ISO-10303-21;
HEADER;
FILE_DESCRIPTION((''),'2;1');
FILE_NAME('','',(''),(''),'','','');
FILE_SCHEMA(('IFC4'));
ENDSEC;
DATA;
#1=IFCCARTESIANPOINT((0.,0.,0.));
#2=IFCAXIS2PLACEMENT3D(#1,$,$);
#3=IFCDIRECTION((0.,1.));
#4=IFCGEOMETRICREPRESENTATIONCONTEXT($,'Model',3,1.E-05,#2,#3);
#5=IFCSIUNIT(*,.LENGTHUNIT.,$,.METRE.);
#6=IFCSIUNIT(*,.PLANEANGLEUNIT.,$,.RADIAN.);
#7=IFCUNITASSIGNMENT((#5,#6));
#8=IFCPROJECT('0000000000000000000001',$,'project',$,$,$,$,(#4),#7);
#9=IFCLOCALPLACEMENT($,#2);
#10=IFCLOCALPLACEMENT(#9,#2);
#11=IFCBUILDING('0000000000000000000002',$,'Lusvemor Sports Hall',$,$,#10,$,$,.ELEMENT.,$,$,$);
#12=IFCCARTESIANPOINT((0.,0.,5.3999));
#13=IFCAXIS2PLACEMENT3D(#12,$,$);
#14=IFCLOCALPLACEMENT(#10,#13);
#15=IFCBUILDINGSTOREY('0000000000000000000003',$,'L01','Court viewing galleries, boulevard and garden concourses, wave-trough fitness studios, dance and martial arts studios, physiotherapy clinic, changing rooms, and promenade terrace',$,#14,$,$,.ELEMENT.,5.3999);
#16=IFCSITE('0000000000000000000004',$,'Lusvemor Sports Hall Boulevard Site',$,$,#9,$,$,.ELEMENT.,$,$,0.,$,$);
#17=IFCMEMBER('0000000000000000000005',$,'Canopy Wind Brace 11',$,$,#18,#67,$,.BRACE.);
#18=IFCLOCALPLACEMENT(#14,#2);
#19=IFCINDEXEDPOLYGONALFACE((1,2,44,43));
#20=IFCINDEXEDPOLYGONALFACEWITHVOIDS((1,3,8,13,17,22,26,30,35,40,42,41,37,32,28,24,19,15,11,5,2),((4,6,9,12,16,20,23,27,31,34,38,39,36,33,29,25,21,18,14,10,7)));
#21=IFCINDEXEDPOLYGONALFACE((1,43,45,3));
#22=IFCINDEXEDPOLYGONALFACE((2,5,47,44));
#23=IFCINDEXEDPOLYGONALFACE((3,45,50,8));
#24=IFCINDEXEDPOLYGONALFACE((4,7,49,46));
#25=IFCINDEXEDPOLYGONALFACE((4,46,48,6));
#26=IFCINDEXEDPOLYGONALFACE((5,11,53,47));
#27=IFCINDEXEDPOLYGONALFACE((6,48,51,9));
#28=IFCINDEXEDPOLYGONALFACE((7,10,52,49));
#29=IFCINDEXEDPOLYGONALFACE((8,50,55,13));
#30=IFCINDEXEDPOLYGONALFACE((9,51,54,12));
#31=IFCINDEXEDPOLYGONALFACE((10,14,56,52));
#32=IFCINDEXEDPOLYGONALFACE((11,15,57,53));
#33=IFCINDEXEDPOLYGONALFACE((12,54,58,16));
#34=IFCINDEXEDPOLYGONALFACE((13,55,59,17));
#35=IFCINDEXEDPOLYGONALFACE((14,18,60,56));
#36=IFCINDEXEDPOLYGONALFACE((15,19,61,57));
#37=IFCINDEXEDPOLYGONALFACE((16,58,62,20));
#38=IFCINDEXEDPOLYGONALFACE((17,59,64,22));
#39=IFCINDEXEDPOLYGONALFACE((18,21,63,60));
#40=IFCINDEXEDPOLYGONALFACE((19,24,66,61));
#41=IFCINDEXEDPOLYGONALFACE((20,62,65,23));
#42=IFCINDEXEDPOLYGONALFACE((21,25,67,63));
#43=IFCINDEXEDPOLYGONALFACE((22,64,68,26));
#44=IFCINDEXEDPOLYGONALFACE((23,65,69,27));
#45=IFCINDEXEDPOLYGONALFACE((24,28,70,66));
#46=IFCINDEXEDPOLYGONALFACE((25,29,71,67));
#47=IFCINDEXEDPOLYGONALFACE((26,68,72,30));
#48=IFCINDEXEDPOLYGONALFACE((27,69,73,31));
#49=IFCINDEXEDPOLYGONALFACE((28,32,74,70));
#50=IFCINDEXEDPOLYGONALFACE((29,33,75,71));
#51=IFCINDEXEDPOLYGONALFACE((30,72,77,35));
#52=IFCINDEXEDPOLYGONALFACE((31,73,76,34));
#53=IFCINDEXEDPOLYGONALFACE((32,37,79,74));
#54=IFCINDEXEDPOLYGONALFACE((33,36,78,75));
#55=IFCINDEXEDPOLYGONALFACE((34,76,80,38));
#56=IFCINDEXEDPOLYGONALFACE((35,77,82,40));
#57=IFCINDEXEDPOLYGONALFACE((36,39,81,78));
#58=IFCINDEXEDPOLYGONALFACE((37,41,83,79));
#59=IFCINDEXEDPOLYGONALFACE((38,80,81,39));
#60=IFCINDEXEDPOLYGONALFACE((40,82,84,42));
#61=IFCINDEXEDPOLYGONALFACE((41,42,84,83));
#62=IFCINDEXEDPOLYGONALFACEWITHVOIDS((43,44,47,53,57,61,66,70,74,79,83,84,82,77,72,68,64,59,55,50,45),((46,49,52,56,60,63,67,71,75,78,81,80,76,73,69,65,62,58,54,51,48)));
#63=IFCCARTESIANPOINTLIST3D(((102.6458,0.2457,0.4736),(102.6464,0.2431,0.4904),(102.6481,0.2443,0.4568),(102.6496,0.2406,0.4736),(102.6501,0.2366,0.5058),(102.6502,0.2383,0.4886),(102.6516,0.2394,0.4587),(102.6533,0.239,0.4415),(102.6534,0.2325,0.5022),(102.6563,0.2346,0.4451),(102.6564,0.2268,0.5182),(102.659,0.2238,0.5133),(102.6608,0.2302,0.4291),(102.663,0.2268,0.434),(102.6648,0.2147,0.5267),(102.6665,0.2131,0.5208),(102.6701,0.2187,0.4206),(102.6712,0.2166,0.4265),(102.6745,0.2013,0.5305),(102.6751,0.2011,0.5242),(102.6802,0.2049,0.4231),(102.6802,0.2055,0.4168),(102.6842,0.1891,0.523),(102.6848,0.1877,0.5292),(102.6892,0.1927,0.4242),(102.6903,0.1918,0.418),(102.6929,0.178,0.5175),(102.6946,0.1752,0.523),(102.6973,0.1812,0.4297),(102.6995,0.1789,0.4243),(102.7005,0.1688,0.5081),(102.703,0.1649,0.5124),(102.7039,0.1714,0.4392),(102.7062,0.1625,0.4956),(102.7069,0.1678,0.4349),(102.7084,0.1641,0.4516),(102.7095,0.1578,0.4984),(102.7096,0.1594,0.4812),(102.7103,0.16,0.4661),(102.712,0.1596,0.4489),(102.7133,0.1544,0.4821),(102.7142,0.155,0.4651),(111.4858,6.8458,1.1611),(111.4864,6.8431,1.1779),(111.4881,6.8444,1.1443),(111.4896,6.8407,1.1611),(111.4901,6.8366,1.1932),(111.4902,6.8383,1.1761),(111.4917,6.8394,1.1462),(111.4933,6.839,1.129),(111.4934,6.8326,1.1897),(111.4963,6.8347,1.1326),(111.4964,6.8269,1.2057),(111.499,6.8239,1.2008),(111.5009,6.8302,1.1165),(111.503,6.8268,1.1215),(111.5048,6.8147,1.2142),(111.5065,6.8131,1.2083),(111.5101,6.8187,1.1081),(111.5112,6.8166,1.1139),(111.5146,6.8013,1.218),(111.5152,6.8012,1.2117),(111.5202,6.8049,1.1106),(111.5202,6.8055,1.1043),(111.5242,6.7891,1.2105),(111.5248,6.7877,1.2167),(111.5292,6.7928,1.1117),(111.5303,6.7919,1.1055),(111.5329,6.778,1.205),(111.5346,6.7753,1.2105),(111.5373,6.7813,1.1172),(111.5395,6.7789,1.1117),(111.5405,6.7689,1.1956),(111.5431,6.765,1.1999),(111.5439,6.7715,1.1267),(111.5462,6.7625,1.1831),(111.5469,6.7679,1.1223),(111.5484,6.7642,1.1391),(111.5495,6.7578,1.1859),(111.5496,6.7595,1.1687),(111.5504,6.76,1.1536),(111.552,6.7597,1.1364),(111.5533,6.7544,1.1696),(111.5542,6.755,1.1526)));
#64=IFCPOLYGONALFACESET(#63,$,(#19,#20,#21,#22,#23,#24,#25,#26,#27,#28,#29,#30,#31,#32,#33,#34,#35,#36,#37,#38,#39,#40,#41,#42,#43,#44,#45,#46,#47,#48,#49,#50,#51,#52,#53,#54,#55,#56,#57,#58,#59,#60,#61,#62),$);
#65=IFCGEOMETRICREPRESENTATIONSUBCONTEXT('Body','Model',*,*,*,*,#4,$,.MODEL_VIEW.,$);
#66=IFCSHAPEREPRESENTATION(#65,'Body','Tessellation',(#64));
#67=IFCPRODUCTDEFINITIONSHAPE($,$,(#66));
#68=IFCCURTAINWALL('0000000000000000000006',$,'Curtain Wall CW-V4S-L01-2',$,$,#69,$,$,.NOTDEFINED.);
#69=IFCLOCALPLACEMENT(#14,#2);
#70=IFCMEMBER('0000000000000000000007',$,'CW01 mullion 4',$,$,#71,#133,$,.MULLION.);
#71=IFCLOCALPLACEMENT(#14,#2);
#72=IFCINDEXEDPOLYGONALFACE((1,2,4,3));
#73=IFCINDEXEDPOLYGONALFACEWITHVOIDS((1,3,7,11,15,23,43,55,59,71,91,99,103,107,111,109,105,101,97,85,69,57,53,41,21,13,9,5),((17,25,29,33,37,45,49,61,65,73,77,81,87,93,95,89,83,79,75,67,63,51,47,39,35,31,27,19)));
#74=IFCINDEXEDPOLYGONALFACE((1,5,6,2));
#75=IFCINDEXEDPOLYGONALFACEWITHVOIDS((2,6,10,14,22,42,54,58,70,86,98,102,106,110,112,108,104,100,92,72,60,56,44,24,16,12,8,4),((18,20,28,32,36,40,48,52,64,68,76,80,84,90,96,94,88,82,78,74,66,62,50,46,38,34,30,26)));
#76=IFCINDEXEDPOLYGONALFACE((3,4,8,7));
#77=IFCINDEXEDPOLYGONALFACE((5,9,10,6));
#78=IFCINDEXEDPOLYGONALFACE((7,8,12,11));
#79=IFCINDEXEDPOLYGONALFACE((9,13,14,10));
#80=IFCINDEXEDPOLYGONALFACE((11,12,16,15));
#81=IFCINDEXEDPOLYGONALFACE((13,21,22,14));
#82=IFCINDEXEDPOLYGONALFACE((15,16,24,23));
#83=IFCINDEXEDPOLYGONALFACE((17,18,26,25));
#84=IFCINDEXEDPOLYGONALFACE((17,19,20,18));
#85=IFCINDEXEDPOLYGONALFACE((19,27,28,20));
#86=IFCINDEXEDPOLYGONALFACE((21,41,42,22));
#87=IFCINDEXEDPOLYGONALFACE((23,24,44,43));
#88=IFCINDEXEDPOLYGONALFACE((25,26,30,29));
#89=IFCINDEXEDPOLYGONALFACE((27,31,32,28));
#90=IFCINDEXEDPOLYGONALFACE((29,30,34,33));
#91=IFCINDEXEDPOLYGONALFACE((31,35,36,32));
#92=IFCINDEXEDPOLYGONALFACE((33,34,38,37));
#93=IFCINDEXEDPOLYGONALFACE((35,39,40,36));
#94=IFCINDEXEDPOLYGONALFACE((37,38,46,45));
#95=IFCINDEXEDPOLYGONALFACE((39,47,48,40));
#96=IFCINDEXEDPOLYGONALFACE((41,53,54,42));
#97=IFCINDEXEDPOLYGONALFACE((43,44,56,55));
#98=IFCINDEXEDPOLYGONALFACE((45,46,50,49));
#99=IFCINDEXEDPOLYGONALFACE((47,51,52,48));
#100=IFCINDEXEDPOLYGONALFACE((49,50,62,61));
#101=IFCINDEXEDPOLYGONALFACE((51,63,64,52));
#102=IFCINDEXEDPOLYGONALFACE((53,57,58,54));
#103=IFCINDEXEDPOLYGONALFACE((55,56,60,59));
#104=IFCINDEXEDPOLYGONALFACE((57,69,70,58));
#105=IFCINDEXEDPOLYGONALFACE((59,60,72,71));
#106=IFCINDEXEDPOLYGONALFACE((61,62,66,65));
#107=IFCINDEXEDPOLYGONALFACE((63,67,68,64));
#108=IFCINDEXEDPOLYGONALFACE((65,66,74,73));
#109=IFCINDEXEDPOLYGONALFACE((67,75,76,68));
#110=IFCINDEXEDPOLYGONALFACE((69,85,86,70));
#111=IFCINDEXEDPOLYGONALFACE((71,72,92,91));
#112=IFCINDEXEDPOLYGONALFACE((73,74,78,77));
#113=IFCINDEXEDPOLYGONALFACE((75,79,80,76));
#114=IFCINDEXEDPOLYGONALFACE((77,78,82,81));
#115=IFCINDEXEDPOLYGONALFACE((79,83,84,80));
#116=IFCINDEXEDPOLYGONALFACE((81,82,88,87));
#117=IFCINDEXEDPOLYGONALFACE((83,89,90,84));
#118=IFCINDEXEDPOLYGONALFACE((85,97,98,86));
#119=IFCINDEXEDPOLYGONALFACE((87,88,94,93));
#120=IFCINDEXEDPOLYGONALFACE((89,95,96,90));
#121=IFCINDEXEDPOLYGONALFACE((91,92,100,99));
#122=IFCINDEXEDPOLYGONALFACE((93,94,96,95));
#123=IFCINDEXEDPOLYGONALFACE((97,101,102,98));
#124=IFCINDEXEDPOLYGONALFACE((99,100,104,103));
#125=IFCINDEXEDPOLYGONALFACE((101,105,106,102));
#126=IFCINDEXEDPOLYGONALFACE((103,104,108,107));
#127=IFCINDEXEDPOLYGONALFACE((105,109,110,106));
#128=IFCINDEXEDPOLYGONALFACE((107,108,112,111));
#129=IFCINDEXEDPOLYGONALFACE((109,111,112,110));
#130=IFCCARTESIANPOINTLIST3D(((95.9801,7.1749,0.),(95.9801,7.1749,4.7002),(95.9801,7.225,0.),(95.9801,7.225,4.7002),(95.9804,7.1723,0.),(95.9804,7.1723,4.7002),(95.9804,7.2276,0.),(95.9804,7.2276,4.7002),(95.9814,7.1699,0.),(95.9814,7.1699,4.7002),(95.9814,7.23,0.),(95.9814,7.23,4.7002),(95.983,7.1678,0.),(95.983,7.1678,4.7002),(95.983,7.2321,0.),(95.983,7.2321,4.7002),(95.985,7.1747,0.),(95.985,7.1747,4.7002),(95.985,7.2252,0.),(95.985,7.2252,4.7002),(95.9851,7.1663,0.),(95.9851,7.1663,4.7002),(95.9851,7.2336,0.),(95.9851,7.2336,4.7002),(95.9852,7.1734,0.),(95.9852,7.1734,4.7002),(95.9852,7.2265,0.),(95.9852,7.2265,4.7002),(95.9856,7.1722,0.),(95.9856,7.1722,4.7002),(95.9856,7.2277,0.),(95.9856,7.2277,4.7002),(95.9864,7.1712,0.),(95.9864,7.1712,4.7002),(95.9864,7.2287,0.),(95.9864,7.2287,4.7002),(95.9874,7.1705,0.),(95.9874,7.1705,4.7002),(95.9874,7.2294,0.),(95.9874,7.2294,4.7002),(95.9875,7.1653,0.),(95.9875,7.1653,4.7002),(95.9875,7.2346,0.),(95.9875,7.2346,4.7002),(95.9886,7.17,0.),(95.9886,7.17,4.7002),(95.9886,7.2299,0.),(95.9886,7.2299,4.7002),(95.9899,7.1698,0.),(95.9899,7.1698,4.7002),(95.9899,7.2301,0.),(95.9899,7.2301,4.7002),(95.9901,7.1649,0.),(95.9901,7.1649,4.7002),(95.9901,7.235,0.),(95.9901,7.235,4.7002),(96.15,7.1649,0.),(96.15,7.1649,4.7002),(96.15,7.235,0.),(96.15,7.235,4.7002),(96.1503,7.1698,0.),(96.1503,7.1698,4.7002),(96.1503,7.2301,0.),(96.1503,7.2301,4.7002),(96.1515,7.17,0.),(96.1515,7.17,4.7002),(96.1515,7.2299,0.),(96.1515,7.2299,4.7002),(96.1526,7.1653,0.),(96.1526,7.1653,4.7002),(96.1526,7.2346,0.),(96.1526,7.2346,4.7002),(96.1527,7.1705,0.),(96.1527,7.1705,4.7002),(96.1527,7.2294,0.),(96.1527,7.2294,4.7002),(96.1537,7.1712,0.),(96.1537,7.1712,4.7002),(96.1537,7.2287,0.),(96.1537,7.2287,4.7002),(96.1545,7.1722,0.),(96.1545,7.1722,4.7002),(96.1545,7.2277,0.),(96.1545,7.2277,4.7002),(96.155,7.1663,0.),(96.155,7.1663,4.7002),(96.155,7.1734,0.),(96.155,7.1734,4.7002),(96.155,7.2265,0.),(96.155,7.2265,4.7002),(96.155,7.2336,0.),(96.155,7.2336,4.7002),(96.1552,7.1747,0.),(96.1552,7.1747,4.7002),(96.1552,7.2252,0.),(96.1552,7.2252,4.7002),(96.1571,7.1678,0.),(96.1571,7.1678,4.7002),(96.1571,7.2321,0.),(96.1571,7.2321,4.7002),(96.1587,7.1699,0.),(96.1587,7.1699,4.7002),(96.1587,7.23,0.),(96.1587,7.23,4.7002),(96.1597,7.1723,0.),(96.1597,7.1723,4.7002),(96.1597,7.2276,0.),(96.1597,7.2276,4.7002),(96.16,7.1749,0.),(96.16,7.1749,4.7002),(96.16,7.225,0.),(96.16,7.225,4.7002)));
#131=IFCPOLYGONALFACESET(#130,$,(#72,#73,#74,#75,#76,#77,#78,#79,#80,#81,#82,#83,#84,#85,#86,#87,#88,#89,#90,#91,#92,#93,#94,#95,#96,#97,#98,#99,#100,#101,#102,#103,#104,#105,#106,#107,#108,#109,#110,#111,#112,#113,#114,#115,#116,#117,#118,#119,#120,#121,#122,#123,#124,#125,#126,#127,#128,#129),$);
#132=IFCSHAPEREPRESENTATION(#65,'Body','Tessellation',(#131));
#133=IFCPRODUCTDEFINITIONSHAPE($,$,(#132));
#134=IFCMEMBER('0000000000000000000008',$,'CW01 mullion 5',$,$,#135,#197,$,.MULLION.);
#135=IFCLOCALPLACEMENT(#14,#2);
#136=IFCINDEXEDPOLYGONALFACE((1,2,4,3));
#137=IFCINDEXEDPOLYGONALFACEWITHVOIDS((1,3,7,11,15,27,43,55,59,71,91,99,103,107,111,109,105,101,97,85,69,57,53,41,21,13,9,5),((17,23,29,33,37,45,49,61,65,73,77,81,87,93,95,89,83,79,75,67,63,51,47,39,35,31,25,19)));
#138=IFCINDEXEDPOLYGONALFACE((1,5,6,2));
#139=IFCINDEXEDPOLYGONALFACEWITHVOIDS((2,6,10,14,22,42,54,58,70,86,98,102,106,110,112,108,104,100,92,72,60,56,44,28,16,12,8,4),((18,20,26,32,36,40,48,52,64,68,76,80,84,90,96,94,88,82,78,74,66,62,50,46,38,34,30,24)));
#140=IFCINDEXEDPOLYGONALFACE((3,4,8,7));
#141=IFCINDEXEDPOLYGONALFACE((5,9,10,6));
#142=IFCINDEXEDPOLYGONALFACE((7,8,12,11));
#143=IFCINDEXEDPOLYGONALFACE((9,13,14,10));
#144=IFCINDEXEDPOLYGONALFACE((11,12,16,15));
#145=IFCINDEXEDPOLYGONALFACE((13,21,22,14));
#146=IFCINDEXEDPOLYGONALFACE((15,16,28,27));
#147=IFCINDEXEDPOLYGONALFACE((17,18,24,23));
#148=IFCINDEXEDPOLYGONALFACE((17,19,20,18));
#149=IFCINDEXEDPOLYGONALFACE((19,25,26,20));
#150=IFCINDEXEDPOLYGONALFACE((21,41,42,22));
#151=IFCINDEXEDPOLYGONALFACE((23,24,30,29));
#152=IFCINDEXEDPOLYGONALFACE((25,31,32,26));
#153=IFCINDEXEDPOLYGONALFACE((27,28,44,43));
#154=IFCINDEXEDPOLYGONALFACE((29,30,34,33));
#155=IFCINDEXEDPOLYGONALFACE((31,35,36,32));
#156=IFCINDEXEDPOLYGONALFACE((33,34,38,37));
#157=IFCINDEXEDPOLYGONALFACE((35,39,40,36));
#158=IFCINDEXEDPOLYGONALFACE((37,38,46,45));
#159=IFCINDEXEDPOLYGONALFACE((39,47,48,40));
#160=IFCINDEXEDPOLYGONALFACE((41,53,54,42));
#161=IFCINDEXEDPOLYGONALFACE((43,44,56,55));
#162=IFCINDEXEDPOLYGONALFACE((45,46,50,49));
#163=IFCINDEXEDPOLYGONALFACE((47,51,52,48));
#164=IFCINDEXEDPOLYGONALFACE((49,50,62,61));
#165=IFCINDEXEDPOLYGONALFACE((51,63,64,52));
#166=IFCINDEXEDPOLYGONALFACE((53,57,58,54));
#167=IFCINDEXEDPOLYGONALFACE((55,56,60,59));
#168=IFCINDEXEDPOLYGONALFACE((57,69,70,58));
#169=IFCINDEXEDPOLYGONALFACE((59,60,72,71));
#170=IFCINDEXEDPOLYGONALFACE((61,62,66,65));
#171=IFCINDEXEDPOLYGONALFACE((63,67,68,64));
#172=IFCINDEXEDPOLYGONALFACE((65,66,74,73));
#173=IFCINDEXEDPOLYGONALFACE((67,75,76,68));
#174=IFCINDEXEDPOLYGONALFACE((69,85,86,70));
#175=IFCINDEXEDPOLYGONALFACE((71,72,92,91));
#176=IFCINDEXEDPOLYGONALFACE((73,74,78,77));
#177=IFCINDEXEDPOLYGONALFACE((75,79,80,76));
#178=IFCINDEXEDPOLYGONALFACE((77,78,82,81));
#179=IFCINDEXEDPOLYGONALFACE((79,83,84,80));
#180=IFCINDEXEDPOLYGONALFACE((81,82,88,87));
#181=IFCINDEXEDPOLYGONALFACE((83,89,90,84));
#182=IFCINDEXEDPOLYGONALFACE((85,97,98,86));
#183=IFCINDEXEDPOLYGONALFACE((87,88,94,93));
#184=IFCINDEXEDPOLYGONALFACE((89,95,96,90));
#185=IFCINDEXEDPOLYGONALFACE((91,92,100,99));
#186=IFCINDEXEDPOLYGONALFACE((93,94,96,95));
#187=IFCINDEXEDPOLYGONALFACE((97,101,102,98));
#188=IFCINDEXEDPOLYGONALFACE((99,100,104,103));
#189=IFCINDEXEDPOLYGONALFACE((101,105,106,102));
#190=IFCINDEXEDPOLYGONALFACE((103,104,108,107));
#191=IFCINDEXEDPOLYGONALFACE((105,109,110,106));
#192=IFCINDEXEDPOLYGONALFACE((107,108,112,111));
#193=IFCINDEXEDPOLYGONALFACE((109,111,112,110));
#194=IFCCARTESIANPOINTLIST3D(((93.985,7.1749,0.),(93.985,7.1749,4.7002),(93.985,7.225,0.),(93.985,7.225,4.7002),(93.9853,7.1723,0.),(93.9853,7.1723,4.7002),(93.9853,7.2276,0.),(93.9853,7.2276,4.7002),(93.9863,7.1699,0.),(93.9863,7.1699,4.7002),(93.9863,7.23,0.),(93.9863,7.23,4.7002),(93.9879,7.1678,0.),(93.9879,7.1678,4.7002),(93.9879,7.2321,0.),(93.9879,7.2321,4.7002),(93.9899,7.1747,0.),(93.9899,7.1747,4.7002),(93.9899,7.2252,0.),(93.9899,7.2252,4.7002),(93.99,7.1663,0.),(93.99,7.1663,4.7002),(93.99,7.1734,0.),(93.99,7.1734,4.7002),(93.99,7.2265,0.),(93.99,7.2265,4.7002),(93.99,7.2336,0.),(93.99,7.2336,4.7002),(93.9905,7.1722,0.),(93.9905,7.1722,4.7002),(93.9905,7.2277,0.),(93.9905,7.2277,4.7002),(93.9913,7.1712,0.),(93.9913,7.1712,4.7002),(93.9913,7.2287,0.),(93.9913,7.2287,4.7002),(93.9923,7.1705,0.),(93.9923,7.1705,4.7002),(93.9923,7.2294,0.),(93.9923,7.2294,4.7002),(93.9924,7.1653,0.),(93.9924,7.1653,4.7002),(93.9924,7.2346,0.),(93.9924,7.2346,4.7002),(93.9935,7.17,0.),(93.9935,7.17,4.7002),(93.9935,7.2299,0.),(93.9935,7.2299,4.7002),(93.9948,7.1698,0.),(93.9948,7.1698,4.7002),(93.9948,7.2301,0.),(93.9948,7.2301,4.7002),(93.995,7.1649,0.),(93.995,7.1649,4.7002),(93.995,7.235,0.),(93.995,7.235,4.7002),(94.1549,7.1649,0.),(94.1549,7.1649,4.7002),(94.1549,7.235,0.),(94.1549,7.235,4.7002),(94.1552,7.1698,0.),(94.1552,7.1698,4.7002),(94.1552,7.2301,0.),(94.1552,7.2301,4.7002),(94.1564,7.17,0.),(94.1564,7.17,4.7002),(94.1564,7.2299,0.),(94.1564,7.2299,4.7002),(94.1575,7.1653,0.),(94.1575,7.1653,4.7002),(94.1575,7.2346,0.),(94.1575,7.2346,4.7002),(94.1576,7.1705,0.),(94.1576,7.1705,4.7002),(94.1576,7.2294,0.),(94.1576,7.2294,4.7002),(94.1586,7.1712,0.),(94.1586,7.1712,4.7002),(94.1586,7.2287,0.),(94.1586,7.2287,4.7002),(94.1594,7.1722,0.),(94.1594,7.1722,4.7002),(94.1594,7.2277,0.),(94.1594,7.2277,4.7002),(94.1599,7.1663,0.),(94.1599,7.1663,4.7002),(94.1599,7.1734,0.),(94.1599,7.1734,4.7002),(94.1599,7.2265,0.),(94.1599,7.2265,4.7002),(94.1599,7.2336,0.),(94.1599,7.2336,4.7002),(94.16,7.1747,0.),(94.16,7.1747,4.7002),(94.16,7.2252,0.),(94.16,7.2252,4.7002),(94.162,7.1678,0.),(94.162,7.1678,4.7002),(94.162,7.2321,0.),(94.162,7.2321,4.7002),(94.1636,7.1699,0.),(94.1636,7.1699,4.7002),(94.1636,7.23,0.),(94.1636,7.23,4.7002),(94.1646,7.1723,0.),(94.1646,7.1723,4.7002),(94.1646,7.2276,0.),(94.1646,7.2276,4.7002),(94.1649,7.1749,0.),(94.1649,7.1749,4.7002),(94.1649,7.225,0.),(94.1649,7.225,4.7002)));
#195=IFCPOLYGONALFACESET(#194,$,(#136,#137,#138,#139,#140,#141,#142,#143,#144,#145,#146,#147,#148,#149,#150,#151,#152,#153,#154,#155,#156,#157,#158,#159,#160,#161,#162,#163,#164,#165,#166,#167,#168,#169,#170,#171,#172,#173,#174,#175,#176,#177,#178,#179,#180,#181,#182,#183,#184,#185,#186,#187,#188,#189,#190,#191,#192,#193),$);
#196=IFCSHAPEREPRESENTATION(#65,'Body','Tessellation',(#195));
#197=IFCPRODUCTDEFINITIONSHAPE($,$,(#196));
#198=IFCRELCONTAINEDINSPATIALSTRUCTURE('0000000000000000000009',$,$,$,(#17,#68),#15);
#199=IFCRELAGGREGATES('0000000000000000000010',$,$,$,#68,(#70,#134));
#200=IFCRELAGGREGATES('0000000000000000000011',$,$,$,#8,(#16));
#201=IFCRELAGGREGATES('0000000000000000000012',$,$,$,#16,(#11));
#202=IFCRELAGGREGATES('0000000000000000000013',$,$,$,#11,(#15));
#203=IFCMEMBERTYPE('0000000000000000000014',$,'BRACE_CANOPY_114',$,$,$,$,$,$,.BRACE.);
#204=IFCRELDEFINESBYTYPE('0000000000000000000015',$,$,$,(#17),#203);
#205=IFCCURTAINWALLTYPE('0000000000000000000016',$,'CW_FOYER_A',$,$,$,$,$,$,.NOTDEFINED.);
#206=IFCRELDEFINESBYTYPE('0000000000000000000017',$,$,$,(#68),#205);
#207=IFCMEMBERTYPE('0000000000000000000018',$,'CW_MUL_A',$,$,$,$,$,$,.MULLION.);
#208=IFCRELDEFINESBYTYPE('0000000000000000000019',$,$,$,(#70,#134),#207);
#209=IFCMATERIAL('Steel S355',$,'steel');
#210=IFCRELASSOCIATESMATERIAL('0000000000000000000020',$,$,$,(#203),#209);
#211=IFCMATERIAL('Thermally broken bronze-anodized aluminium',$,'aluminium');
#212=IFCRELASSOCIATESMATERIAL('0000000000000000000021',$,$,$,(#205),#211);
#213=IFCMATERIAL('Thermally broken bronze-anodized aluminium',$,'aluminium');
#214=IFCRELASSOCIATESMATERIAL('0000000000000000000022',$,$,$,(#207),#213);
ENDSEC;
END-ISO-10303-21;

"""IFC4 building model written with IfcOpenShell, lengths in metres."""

from ifc_helpers import new_model, si_unit, direction, frame, origin, origin_2d, place, context, subcontext, project, spatial, hollow_rectangle, hollow_circle, extrude, material, material_profile, profile_set, type_object, element, aggregate, save


model = new_model("IFC4")

# Units and contexts
model_context = context("Model", 3, precision=1e-05, world=origin(), true_north=direction((0.0, 1.0)))
body_context = subcontext(model_context, "Body", "Model", "MODEL_VIEW")
ifc_project = project(units=[si_unit("LENGTHUNIT", "METRE"), si_unit("PLANEANGLEUNIT", "RADIAN")], contexts=[model_context])

# Site, building, storey
site_placement = place(None, origin())
site = spatial("IfcSite", under=ifc_project, at=site_placement, Name="Lusvemor Sports Hall Boulevard Site", CompositionType="ELEMENT", RefElevation=0.0)
building_placement = place(site_placement, origin())
building = spatial("IfcBuilding", under=site, at=building_placement, Name="Lusvemor Sports Hall", CompositionType="ELEMENT")
storey_placement = place(building_placement, frame((0.0, 0.0, 5.3999)))
storey = spatial("IfcBuildingStorey", under=building, at=storey_placement, Name="L01", Description="Court viewing galleries, boulevard and garden concourses, wave-trough fitness studios, dance and martial arts studios, physiotherapy clinic, changing rooms, and promenade terrace", CompositionType="ELEMENT", Elevation=5.3999)

# Member
ifc_material_1 = material(Name="Steel S355", Category="steel")
ifc_material_profile_1 = material_profile(ifc_material_1, hollow_circle(Radius=0.0571, WallThickness=0.0063, at=origin_2d()), Name="CHS114.3x6.3")
ifc_profile_set_1 = profile_set([ifc_material_profile_1], Name="Steel S355")
member_type_1 = type_object("IfcMemberType", Name="BRACE_CANOPY_114", PredefinedType="BRACE", material=ifc_profile_set_1)
for number, where, z_axis, x_axis, name in (
    (1, (102.6799, 0.2, 0.4736), (0.799751, 0.597102, 0.062197), (-0.59826, 0.801302, 0.0), "Canopy Wind Brace 11"),
):
    element("IfcMember", number, at=place(storey_placement, frame(where, z_axis=z_axis, x_axis=x_axis)), inside=storey, type_object=member_type_1, Name=name, PredefinedType="BRACE", context=body_context, shape_type="SweptSolid", body=[
        extrude(hollow_circle(Radius=0.0571, WallThickness=0.0063, at=origin_2d()), origin(), (0.0, 0.0, 1.0), 11.0535),
    ])

# Curtain wall, members
ifc_material_2 = material(Name="Thermally broken bronze-anodized aluminium", Category="aluminium")
curtain_wall_type = type_object("IfcCurtainWallType", Name="CW_FOYER_A", PredefinedType="NOTDEFINED", material=ifc_material_2)
curtain_wall_placement = place(storey_placement, origin())
curtain_wall = element("IfcCurtainWall", 2, at=curtain_wall_placement, inside=storey, type_object=curtain_wall_type, Name="Curtain Wall CW-V4S-L01-2", PredefinedType="NOTDEFINED")
ifc_material_3 = material(Name="Thermally broken bronze-anodized aluminium", Category="aluminium")
ifc_material_profile_2 = material_profile(ifc_material_3, hollow_rectangle(XDim=0.0701, YDim=0.1799, WallThickness=0.0049, InnerFilletRadius=0.0049, OuterFilletRadius=0.01, at=origin_2d()), Name="CWMUL180x70x5")
ifc_profile_set_2 = profile_set([ifc_material_profile_2], Name="Thermally broken bronze-anodized aluminium")
member_type_2 = type_object("IfcMemberType", Name="CW_MUL_A", PredefinedType="MULLION", material=ifc_profile_set_2)
member_1_placement = place(storey_placement, frame((96.0701, 7.2, 0.0), z_axis=(0.0, 0.0, 1.0), x_axis=(0.0, -1.0, 0.0)))
member_1 = element("IfcMember", 3, at=member_1_placement, type_object=member_type_2, Name="CW01 mullion 4", PredefinedType="MULLION", context=body_context, shape_type="SweptSolid", body=[
    extrude(hollow_rectangle(XDim=0.0701, YDim=0.1799, WallThickness=0.0049, InnerFilletRadius=0.0049, OuterFilletRadius=0.01, at=origin_2d()), origin(), (0.0, 0.0, 1.0), 4.7002),
])
member_2_placement = place(storey_placement, frame((94.075, 7.2, 0.0), z_axis=(0.0, 0.0, 1.0), x_axis=(0.0, -1.0, 0.0)))
member_2 = element("IfcMember", 4, at=member_2_placement, type_object=member_type_2, Name="CW01 mullion 5", PredefinedType="MULLION", context=body_context, shape_type="SweptSolid", body=[
    extrude(hollow_rectangle(XDim=0.0701, YDim=0.1799, WallThickness=0.0049, InnerFilletRadius=0.0049, OuterFilletRadius=0.01, at=origin_2d()), origin(), (0.0, 0.0, 1.0), 4.7002),
])

aggregate(curtain_wall, [member_1, member_2])

save(model, "model.ifc")
